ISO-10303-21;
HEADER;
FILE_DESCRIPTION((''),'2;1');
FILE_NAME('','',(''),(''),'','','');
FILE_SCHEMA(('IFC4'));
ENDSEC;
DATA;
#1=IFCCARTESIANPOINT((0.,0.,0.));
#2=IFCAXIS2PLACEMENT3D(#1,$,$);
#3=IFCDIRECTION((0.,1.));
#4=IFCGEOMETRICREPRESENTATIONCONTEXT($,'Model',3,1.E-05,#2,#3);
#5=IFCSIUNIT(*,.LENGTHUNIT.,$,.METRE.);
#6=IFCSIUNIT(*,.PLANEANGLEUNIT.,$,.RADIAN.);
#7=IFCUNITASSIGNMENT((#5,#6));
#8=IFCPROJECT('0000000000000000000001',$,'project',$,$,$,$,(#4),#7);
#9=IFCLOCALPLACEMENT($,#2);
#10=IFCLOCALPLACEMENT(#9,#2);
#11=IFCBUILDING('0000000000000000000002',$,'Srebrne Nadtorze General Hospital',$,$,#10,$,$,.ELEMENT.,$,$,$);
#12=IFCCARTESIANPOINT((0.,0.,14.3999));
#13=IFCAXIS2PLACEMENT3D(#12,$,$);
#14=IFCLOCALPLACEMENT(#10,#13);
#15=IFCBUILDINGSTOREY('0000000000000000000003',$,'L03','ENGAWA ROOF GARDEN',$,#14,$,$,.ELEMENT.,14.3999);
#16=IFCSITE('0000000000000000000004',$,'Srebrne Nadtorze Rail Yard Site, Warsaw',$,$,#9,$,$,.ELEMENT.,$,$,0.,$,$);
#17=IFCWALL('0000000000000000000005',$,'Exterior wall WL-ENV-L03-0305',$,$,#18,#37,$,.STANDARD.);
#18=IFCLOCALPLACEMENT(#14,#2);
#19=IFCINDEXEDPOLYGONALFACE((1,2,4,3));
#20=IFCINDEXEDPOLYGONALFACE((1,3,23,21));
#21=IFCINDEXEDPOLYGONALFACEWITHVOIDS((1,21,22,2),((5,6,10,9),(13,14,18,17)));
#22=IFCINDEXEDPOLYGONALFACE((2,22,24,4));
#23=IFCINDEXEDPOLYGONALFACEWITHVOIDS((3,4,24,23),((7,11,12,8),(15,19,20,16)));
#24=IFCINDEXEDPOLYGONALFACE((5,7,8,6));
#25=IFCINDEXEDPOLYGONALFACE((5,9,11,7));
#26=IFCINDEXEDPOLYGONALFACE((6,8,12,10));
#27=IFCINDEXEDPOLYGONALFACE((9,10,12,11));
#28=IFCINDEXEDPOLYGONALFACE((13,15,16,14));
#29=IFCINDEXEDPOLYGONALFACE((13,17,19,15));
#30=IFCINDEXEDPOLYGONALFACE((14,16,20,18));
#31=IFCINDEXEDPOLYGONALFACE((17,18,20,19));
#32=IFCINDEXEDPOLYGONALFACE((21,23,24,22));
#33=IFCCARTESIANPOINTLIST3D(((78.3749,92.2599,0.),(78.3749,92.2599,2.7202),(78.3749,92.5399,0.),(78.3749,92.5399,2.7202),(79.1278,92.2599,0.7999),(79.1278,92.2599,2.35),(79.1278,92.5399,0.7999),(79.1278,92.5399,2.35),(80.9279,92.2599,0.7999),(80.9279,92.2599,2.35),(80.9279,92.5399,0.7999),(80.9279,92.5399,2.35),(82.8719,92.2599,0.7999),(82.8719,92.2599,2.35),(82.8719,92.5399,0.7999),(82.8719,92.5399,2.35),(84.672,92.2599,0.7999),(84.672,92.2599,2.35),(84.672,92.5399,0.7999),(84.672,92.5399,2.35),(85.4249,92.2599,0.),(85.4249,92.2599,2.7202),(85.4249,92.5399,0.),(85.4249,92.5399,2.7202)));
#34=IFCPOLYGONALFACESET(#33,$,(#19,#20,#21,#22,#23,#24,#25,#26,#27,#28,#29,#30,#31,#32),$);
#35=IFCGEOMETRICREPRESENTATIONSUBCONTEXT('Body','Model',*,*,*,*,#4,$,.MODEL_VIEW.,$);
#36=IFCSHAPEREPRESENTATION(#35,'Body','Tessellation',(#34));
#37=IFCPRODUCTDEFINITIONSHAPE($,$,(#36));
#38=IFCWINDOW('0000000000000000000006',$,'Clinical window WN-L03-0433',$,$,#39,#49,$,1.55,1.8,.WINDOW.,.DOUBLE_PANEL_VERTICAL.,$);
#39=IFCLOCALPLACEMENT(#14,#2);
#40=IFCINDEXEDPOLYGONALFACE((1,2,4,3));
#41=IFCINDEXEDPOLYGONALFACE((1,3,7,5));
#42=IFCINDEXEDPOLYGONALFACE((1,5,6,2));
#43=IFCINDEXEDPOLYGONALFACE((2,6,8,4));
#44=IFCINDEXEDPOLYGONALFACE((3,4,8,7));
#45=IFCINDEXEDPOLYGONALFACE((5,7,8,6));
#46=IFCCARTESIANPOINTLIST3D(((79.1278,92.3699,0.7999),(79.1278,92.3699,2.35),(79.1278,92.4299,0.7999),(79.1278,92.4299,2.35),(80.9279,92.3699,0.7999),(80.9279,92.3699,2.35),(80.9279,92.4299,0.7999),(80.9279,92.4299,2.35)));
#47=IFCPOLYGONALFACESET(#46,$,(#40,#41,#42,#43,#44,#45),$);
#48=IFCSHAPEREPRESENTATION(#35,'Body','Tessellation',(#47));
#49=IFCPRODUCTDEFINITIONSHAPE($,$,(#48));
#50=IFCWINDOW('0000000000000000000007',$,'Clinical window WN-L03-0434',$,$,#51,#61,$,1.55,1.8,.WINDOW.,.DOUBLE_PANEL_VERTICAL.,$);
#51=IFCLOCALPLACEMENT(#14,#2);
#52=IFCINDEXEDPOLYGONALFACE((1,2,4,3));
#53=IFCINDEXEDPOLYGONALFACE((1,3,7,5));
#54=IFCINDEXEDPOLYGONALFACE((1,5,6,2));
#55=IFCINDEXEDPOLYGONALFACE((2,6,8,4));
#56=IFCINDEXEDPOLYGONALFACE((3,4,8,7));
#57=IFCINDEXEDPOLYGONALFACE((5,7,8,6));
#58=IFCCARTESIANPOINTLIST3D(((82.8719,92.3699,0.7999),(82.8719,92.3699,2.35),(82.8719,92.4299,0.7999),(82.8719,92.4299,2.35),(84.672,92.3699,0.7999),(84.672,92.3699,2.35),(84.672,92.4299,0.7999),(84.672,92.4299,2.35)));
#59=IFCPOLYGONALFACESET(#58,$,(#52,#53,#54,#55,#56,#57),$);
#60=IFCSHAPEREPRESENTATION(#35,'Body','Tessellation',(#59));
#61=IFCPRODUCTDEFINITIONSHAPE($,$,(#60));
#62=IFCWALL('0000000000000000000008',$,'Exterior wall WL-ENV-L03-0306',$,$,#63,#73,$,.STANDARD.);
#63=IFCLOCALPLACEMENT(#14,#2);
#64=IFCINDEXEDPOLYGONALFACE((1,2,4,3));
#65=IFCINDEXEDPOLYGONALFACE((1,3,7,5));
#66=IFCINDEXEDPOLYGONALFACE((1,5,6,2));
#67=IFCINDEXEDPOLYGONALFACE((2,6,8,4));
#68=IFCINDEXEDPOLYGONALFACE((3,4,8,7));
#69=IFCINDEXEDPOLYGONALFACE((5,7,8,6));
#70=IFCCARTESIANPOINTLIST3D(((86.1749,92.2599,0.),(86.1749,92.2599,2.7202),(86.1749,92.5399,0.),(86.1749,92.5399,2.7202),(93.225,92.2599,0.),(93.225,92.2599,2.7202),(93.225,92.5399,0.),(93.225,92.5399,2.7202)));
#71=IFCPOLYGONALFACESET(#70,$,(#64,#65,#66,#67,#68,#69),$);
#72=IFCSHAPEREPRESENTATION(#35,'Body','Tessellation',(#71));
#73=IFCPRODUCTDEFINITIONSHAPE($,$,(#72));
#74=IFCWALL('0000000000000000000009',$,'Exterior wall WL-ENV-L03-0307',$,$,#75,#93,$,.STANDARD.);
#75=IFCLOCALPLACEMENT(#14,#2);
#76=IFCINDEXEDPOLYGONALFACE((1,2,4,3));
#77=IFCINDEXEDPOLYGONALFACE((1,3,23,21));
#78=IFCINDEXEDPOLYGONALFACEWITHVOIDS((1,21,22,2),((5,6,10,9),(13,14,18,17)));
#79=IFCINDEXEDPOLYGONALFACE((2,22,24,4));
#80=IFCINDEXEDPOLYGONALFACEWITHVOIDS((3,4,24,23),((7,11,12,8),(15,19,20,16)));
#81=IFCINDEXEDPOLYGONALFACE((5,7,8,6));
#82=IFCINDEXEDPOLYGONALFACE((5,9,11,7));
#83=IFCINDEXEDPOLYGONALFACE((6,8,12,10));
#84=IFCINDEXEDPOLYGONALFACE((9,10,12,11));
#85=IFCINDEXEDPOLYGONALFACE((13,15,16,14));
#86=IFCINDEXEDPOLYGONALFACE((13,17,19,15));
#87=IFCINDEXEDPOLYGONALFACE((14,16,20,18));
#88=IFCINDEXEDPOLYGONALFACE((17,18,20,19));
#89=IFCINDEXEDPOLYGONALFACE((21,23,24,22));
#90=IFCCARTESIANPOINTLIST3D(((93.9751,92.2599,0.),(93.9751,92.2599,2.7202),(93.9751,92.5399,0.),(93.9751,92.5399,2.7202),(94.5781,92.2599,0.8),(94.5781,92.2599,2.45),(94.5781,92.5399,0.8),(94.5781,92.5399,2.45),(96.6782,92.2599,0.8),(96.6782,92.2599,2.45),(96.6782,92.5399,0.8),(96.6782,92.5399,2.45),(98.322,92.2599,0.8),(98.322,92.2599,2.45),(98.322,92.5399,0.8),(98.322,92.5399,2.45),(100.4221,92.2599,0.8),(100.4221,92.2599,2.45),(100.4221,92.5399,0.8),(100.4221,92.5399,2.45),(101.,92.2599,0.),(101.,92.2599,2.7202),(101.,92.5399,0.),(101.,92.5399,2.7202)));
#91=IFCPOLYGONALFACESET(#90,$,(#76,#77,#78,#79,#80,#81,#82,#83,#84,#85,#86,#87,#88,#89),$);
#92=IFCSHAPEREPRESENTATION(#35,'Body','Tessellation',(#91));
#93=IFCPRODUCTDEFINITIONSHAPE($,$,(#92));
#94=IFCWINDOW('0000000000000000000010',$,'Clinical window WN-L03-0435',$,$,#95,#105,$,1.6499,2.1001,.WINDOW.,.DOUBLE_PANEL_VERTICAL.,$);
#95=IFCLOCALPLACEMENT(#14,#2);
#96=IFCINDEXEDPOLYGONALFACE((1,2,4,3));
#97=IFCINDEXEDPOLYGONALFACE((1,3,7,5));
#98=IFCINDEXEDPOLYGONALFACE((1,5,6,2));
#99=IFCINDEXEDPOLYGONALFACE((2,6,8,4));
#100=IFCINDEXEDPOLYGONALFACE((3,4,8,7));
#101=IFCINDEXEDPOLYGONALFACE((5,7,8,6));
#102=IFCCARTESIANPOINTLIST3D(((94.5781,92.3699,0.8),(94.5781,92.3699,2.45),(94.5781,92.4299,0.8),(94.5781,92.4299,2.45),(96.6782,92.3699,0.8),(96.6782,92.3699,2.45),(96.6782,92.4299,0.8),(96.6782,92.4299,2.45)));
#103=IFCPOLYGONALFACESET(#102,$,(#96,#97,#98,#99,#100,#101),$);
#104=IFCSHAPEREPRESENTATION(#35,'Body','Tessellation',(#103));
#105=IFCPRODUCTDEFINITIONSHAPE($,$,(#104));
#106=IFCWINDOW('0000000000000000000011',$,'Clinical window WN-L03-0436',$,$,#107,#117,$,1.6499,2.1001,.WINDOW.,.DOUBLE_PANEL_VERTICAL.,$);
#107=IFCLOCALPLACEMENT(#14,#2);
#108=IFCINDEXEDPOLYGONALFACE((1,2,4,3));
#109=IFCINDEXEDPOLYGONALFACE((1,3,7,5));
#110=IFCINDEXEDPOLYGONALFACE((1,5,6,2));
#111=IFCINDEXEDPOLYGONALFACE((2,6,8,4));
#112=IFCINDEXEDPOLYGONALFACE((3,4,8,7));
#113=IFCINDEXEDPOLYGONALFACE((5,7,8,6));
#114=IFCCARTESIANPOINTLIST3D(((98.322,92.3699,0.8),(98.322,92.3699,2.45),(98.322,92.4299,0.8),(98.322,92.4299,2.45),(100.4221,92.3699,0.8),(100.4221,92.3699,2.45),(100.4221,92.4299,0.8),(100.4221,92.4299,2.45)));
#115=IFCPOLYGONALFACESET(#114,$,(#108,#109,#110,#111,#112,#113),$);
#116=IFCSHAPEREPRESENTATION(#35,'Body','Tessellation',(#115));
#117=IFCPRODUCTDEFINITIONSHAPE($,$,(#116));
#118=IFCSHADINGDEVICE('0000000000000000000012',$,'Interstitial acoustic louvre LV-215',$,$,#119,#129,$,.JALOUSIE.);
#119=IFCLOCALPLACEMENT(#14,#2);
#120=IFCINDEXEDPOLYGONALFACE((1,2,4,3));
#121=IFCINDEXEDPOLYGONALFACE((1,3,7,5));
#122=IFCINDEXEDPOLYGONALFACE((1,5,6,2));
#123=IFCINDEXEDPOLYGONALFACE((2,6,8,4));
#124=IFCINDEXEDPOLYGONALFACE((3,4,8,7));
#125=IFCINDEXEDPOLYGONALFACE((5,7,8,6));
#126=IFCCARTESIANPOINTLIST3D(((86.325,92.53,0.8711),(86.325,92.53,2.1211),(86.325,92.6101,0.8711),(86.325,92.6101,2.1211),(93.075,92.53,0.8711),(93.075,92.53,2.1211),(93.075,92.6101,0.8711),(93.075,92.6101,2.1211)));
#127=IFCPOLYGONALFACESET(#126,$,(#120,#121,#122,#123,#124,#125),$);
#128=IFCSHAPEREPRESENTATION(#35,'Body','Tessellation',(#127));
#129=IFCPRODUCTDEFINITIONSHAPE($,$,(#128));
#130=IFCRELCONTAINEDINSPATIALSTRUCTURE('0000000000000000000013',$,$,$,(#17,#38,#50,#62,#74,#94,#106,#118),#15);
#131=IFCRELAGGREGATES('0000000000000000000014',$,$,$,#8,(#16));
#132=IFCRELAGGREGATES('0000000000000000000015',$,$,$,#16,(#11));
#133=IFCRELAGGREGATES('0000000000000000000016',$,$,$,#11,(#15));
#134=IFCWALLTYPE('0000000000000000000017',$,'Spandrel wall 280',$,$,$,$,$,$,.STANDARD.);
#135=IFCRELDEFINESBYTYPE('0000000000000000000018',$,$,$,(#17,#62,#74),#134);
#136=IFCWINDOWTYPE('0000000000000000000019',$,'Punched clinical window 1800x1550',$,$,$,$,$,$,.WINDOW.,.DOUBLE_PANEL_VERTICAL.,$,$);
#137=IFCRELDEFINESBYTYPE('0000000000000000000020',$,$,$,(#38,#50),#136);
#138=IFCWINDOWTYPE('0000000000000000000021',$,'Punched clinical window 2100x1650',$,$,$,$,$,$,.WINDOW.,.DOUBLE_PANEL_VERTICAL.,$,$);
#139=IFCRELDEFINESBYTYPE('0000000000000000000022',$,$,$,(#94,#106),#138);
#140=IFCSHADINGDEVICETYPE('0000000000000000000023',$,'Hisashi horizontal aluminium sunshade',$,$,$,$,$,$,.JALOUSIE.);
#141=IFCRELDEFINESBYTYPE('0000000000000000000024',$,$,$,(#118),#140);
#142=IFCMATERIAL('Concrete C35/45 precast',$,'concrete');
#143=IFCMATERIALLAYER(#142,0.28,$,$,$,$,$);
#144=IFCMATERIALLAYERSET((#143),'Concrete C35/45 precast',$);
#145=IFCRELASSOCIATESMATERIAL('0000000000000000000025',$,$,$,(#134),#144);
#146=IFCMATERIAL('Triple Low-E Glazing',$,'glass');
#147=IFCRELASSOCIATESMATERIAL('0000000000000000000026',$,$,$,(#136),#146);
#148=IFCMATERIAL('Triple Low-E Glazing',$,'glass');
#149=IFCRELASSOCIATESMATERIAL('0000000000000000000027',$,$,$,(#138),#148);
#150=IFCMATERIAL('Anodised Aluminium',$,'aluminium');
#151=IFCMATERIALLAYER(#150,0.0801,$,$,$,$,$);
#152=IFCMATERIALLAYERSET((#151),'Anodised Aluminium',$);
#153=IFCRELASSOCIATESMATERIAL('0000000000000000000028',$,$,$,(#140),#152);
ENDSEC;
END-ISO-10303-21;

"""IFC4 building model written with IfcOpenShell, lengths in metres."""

from ifc_helpers import new_model, si_unit, direction, frame, frame_2d, origin, origin_2d, place, context, subcontext, project, spatial, rectangle, extrude, material, layer, layer_set, type_object, element, fill, save


model = new_model("IFC4")

# Units and contexts
model_context = context("Model", 3, precision=1e-05, world=origin(), true_north=direction((0.0, 1.0)))
body_context = subcontext(model_context, "Body", "Model", "MODEL_VIEW")
ifc_project = project(units=[si_unit("LENGTHUNIT", "METRE"), si_unit("PLANEANGLEUNIT", "RADIAN")], contexts=[model_context])

# Site, building, storey
site_placement = place(None, origin())
site = spatial("IfcSite", under=ifc_project, at=site_placement, Name="Srebrne Nadtorze Rail Yard Site, Warsaw", CompositionType="ELEMENT", RefElevation=0.0)
building_placement = place(site_placement, origin())
building = spatial("IfcBuilding", under=site, at=building_placement, Name="Srebrne Nadtorze General Hospital", CompositionType="ELEMENT")
storey_placement = place(building_placement, frame((0.0, 0.0, 14.3999)))
storey = spatial("IfcBuildingStorey", under=building, at=storey_placement, Name="L03", Description="ENGAWA ROOF GARDEN", CompositionType="ELEMENT", Elevation=14.3999)

# Wall, openings, windows
ifc_material_1 = material(Name="Concrete C35/45 precast", Category="concrete")
ifc_layer_1 = layer(ifc_material_1, 0.28)
ifc_layer_set_1 = layer_set([ifc_layer_1], Name="Concrete C35/45 precast")
wall_type_1 = type_object("IfcWallType", Name="Spandrel wall 280", PredefinedType="STANDARD", material=ifc_layer_set_1)
wall_1_placement = place(storey_placement, frame((78.375, 92.3999, 0.0), z_axis=(0.0, 0.0, 1.0), x_axis=(1.0, 0.0, 0.0)))
wall_1 = element("IfcWall", 1, at=wall_1_placement, inside=storey, type_object=wall_type_1, Name="Exterior wall WL-ENV-L03-0305", PredefinedType="STANDARD", context=body_context, shape_type="SweptSolid", body=[
    extrude(rectangle(XDim=7.05, YDim=0.28, at=frame_2d((3.5249, 0.0))), origin(), (0.0, 0.0, 1.0), 2.7202),
])
opening_1_placement = place(wall_1_placement, frame((0.7529, 0.0, 0.8)))
opening_1 = element("IfcOpeningElement", 2, at=opening_1_placement, cuts=wall_1, PredefinedType="OPENING", context=body_context, shape_type="SweptSolid", body=[
    extrude(rectangle(XDim=1.8, YDim=1.55, at=frame_2d((0.8999, 0.7749))), frame((0.0, 0.1519, 0.0), z_axis=(0.0, -1.0, 0.0), x_axis=(1.0, 0.0, 0.0)), (0.0, 0.0, 1.0), 0.304),
])
opening_2_placement = place(wall_1_placement, frame((4.4971, 0.0, 0.8)))
opening_2 = element("IfcOpeningElement", 3, at=opening_2_placement, cuts=wall_1, PredefinedType="OPENING", context=body_context, shape_type="SweptSolid", body=[
    extrude(rectangle(XDim=1.8, YDim=1.55, at=frame_2d((0.8999, 0.7749))), frame((0.0, 0.1519, 0.0), z_axis=(0.0, -1.0, 0.0), x_axis=(1.0, 0.0, 0.0)), (0.0, 0.0, 1.0), 0.304),
])
ifc_material_2 = material(Name="Triple Low-E Glazing", Category="glass")
window_type_1 = type_object("IfcWindowType", Name="Punched clinical window 1800x1550", PartitioningType="DOUBLE_PANEL_VERTICAL", PredefinedType="WINDOW", material=ifc_material_2)
window_1_placement = place(opening_1_placement, origin())
window_1 = element("IfcWindow", 4, at=window_1_placement, inside=storey, type_object=window_type_1, Name="Clinical window WN-L03-0433", OverallHeight=1.55, OverallWidth=1.8, PartitioningType="DOUBLE_PANEL_VERTICAL", PredefinedType="WINDOW", context=body_context, shape_type="SweptSolid", body=[
    extrude(rectangle(XDim=1.8, YDim=1.55, at=frame_2d((0.8999, 0.7749))), frame((0.0, 0.03, 0.0), z_axis=(0.0, -1.0, 0.0), x_axis=(1.0, 0.0, 0.0)), (0.0, 0.0, 1.0), 0.0601),
])
fill(opening_1, window_1)
window_2_placement = place(opening_2_placement, origin())
window_2 = element("IfcWindow", 5, at=window_2_placement, inside=storey, type_object=window_type_1, Name="Clinical window WN-L03-0434", OverallHeight=1.55, OverallWidth=1.8, PartitioningType="DOUBLE_PANEL_VERTICAL", PredefinedType="WINDOW", context=body_context, shape_type="SweptSolid", body=[
    extrude(rectangle(XDim=1.8, YDim=1.55, at=frame_2d((0.8999, 0.7749))), frame((0.0, 0.03, 0.0), z_axis=(0.0, -1.0, 0.0), x_axis=(1.0, 0.0, 0.0)), (0.0, 0.0, 1.0), 0.0601),
])
fill(opening_2, window_2)

# Wall
wall_2_placement = place(storey_placement, frame((86.175, 92.3999, 0.0), z_axis=(0.0, 0.0, 1.0), x_axis=(1.0, 0.0, 0.0)))
element("IfcWall", 6, at=wall_2_placement, inside=storey, type_object=wall_type_1, Name="Exterior wall WL-ENV-L03-0306", PredefinedType="STANDARD", context=body_context, shape_type="SweptSolid", body=[
    extrude(rectangle(XDim=7.05, YDim=0.28, at=frame_2d((3.5249, 0.0))), origin(), (0.0, 0.0, 1.0), 2.7202),
])

# Wall, openings, windows
wall_3_placement = place(storey_placement, frame((93.9751, 92.3999, 0.0), z_axis=(0.0, 0.0, 1.0), x_axis=(1.0, 0.0, 0.0)))
wall_3 = element("IfcWall", 7, at=wall_3_placement, inside=storey, type_object=wall_type_1, Name="Exterior wall WL-ENV-L03-0307", PredefinedType="STANDARD", context=body_context, shape_type="SweptSolid", body=[
    extrude(rectangle(XDim=7.0249, YDim=0.28, at=frame_2d((3.5125, 0.0))), origin(), (0.0, 0.0, 1.0), 2.7202),
])
opening_3_placement = place(wall_3_placement, frame((0.603, 0.0, 0.8)))
opening_3 = element("IfcOpeningElement", 8, at=opening_3_placement, cuts=wall_3, PredefinedType="OPENING", context=body_context, shape_type="SweptSolid", body=[
    extrude(rectangle(XDim=2.1001, YDim=1.6499, at=frame_2d((1.05, 0.825))), frame((0.0, 0.1519, 0.0), z_axis=(0.0, -1.0, 0.0), x_axis=(1.0, 0.0, 0.0)), (0.0, 0.0, 1.0), 0.304),
])
opening_4_placement = place(wall_3_placement, frame((4.3469, 0.0, 0.8)))
opening_4 = element("IfcOpeningElement", 9, at=opening_4_placement, cuts=wall_3, PredefinedType="OPENING", context=body_context, shape_type="SweptSolid", body=[
    extrude(rectangle(XDim=2.1001, YDim=1.6499, at=frame_2d((1.05, 0.825))), frame((0.0, 0.1519, 0.0), z_axis=(0.0, -1.0, 0.0), x_axis=(1.0, 0.0, 0.0)), (0.0, 0.0, 1.0), 0.304),
])
ifc_material_3 = material(Name="Triple Low-E Glazing", Category="glass")
window_type_2 = type_object("IfcWindowType", Name="Punched clinical window 2100x1650", PartitioningType="DOUBLE_PANEL_VERTICAL", PredefinedType="WINDOW", material=ifc_material_3)
window_3_placement = place(opening_3_placement, origin())
window_3 = element("IfcWindow", 10, at=window_3_placement, inside=storey, type_object=window_type_2, Name="Clinical window WN-L03-0435", OverallHeight=1.6499, OverallWidth=2.1001, PartitioningType="DOUBLE_PANEL_VERTICAL", PredefinedType="WINDOW", context=body_context, shape_type="SweptSolid", body=[
    extrude(rectangle(XDim=2.1001, YDim=1.6499, at=frame_2d((1.05, 0.825))), frame((0.0, 0.03, 0.0), z_axis=(0.0, -1.0, 0.0), x_axis=(1.0, 0.0, 0.0)), (0.0, 0.0, 1.0), 0.0601),
])
fill(opening_3, window_3)
window_4_placement = place(opening_4_placement, origin())
window_4 = element("IfcWindow", 11, at=window_4_placement, inside=storey, type_object=window_type_2, Name="Clinical window WN-L03-0436", OverallHeight=1.6499, OverallWidth=2.1001, PartitioningType="DOUBLE_PANEL_VERTICAL", PredefinedType="WINDOW", context=body_context, shape_type="SweptSolid", body=[
    extrude(rectangle(XDim=2.1001, YDim=1.6499, at=frame_2d((1.05, 0.825))), frame((0.0, 0.03, 0.0), z_axis=(0.0, -1.0, 0.0), x_axis=(1.0, 0.0, 0.0)), (0.0, 0.0, 1.0), 0.0601),
])
fill(opening_4, window_4)

# Shading device
ifc_material_4 = material(Name="Anodised Aluminium", Category="aluminium")
ifc_layer_2 = layer(ifc_material_4, 0.0801)
ifc_layer_set_2 = layer_set([ifc_layer_2], Name="Anodised Aluminium")
shading_device_type = type_object("IfcShadingDeviceType", Name="Hisashi horizontal aluminium sunshade", PredefinedType="JALOUSIE", material=ifc_layer_set_2)
shading_device_placement = place(storey_placement, frame((89.7, 92.5701, 0.8711), z_axis=(0.0, 0.0, 1.0), x_axis=(1.0, 0.0, 0.0)))
element("IfcShadingDevice", 12, at=shading_device_placement, inside=storey, type_object=shading_device_type, Name="Interstitial acoustic louvre LV-215", PredefinedType="JALOUSIE", context=body_context, shape_type="SweptSolid", body=[
    extrude(rectangle(XDim=6.75, YDim=0.0801, at=origin_2d()), origin(), (0.0, 0.0, 1.0), 1.25),
])

save(model, "model.ifc")
